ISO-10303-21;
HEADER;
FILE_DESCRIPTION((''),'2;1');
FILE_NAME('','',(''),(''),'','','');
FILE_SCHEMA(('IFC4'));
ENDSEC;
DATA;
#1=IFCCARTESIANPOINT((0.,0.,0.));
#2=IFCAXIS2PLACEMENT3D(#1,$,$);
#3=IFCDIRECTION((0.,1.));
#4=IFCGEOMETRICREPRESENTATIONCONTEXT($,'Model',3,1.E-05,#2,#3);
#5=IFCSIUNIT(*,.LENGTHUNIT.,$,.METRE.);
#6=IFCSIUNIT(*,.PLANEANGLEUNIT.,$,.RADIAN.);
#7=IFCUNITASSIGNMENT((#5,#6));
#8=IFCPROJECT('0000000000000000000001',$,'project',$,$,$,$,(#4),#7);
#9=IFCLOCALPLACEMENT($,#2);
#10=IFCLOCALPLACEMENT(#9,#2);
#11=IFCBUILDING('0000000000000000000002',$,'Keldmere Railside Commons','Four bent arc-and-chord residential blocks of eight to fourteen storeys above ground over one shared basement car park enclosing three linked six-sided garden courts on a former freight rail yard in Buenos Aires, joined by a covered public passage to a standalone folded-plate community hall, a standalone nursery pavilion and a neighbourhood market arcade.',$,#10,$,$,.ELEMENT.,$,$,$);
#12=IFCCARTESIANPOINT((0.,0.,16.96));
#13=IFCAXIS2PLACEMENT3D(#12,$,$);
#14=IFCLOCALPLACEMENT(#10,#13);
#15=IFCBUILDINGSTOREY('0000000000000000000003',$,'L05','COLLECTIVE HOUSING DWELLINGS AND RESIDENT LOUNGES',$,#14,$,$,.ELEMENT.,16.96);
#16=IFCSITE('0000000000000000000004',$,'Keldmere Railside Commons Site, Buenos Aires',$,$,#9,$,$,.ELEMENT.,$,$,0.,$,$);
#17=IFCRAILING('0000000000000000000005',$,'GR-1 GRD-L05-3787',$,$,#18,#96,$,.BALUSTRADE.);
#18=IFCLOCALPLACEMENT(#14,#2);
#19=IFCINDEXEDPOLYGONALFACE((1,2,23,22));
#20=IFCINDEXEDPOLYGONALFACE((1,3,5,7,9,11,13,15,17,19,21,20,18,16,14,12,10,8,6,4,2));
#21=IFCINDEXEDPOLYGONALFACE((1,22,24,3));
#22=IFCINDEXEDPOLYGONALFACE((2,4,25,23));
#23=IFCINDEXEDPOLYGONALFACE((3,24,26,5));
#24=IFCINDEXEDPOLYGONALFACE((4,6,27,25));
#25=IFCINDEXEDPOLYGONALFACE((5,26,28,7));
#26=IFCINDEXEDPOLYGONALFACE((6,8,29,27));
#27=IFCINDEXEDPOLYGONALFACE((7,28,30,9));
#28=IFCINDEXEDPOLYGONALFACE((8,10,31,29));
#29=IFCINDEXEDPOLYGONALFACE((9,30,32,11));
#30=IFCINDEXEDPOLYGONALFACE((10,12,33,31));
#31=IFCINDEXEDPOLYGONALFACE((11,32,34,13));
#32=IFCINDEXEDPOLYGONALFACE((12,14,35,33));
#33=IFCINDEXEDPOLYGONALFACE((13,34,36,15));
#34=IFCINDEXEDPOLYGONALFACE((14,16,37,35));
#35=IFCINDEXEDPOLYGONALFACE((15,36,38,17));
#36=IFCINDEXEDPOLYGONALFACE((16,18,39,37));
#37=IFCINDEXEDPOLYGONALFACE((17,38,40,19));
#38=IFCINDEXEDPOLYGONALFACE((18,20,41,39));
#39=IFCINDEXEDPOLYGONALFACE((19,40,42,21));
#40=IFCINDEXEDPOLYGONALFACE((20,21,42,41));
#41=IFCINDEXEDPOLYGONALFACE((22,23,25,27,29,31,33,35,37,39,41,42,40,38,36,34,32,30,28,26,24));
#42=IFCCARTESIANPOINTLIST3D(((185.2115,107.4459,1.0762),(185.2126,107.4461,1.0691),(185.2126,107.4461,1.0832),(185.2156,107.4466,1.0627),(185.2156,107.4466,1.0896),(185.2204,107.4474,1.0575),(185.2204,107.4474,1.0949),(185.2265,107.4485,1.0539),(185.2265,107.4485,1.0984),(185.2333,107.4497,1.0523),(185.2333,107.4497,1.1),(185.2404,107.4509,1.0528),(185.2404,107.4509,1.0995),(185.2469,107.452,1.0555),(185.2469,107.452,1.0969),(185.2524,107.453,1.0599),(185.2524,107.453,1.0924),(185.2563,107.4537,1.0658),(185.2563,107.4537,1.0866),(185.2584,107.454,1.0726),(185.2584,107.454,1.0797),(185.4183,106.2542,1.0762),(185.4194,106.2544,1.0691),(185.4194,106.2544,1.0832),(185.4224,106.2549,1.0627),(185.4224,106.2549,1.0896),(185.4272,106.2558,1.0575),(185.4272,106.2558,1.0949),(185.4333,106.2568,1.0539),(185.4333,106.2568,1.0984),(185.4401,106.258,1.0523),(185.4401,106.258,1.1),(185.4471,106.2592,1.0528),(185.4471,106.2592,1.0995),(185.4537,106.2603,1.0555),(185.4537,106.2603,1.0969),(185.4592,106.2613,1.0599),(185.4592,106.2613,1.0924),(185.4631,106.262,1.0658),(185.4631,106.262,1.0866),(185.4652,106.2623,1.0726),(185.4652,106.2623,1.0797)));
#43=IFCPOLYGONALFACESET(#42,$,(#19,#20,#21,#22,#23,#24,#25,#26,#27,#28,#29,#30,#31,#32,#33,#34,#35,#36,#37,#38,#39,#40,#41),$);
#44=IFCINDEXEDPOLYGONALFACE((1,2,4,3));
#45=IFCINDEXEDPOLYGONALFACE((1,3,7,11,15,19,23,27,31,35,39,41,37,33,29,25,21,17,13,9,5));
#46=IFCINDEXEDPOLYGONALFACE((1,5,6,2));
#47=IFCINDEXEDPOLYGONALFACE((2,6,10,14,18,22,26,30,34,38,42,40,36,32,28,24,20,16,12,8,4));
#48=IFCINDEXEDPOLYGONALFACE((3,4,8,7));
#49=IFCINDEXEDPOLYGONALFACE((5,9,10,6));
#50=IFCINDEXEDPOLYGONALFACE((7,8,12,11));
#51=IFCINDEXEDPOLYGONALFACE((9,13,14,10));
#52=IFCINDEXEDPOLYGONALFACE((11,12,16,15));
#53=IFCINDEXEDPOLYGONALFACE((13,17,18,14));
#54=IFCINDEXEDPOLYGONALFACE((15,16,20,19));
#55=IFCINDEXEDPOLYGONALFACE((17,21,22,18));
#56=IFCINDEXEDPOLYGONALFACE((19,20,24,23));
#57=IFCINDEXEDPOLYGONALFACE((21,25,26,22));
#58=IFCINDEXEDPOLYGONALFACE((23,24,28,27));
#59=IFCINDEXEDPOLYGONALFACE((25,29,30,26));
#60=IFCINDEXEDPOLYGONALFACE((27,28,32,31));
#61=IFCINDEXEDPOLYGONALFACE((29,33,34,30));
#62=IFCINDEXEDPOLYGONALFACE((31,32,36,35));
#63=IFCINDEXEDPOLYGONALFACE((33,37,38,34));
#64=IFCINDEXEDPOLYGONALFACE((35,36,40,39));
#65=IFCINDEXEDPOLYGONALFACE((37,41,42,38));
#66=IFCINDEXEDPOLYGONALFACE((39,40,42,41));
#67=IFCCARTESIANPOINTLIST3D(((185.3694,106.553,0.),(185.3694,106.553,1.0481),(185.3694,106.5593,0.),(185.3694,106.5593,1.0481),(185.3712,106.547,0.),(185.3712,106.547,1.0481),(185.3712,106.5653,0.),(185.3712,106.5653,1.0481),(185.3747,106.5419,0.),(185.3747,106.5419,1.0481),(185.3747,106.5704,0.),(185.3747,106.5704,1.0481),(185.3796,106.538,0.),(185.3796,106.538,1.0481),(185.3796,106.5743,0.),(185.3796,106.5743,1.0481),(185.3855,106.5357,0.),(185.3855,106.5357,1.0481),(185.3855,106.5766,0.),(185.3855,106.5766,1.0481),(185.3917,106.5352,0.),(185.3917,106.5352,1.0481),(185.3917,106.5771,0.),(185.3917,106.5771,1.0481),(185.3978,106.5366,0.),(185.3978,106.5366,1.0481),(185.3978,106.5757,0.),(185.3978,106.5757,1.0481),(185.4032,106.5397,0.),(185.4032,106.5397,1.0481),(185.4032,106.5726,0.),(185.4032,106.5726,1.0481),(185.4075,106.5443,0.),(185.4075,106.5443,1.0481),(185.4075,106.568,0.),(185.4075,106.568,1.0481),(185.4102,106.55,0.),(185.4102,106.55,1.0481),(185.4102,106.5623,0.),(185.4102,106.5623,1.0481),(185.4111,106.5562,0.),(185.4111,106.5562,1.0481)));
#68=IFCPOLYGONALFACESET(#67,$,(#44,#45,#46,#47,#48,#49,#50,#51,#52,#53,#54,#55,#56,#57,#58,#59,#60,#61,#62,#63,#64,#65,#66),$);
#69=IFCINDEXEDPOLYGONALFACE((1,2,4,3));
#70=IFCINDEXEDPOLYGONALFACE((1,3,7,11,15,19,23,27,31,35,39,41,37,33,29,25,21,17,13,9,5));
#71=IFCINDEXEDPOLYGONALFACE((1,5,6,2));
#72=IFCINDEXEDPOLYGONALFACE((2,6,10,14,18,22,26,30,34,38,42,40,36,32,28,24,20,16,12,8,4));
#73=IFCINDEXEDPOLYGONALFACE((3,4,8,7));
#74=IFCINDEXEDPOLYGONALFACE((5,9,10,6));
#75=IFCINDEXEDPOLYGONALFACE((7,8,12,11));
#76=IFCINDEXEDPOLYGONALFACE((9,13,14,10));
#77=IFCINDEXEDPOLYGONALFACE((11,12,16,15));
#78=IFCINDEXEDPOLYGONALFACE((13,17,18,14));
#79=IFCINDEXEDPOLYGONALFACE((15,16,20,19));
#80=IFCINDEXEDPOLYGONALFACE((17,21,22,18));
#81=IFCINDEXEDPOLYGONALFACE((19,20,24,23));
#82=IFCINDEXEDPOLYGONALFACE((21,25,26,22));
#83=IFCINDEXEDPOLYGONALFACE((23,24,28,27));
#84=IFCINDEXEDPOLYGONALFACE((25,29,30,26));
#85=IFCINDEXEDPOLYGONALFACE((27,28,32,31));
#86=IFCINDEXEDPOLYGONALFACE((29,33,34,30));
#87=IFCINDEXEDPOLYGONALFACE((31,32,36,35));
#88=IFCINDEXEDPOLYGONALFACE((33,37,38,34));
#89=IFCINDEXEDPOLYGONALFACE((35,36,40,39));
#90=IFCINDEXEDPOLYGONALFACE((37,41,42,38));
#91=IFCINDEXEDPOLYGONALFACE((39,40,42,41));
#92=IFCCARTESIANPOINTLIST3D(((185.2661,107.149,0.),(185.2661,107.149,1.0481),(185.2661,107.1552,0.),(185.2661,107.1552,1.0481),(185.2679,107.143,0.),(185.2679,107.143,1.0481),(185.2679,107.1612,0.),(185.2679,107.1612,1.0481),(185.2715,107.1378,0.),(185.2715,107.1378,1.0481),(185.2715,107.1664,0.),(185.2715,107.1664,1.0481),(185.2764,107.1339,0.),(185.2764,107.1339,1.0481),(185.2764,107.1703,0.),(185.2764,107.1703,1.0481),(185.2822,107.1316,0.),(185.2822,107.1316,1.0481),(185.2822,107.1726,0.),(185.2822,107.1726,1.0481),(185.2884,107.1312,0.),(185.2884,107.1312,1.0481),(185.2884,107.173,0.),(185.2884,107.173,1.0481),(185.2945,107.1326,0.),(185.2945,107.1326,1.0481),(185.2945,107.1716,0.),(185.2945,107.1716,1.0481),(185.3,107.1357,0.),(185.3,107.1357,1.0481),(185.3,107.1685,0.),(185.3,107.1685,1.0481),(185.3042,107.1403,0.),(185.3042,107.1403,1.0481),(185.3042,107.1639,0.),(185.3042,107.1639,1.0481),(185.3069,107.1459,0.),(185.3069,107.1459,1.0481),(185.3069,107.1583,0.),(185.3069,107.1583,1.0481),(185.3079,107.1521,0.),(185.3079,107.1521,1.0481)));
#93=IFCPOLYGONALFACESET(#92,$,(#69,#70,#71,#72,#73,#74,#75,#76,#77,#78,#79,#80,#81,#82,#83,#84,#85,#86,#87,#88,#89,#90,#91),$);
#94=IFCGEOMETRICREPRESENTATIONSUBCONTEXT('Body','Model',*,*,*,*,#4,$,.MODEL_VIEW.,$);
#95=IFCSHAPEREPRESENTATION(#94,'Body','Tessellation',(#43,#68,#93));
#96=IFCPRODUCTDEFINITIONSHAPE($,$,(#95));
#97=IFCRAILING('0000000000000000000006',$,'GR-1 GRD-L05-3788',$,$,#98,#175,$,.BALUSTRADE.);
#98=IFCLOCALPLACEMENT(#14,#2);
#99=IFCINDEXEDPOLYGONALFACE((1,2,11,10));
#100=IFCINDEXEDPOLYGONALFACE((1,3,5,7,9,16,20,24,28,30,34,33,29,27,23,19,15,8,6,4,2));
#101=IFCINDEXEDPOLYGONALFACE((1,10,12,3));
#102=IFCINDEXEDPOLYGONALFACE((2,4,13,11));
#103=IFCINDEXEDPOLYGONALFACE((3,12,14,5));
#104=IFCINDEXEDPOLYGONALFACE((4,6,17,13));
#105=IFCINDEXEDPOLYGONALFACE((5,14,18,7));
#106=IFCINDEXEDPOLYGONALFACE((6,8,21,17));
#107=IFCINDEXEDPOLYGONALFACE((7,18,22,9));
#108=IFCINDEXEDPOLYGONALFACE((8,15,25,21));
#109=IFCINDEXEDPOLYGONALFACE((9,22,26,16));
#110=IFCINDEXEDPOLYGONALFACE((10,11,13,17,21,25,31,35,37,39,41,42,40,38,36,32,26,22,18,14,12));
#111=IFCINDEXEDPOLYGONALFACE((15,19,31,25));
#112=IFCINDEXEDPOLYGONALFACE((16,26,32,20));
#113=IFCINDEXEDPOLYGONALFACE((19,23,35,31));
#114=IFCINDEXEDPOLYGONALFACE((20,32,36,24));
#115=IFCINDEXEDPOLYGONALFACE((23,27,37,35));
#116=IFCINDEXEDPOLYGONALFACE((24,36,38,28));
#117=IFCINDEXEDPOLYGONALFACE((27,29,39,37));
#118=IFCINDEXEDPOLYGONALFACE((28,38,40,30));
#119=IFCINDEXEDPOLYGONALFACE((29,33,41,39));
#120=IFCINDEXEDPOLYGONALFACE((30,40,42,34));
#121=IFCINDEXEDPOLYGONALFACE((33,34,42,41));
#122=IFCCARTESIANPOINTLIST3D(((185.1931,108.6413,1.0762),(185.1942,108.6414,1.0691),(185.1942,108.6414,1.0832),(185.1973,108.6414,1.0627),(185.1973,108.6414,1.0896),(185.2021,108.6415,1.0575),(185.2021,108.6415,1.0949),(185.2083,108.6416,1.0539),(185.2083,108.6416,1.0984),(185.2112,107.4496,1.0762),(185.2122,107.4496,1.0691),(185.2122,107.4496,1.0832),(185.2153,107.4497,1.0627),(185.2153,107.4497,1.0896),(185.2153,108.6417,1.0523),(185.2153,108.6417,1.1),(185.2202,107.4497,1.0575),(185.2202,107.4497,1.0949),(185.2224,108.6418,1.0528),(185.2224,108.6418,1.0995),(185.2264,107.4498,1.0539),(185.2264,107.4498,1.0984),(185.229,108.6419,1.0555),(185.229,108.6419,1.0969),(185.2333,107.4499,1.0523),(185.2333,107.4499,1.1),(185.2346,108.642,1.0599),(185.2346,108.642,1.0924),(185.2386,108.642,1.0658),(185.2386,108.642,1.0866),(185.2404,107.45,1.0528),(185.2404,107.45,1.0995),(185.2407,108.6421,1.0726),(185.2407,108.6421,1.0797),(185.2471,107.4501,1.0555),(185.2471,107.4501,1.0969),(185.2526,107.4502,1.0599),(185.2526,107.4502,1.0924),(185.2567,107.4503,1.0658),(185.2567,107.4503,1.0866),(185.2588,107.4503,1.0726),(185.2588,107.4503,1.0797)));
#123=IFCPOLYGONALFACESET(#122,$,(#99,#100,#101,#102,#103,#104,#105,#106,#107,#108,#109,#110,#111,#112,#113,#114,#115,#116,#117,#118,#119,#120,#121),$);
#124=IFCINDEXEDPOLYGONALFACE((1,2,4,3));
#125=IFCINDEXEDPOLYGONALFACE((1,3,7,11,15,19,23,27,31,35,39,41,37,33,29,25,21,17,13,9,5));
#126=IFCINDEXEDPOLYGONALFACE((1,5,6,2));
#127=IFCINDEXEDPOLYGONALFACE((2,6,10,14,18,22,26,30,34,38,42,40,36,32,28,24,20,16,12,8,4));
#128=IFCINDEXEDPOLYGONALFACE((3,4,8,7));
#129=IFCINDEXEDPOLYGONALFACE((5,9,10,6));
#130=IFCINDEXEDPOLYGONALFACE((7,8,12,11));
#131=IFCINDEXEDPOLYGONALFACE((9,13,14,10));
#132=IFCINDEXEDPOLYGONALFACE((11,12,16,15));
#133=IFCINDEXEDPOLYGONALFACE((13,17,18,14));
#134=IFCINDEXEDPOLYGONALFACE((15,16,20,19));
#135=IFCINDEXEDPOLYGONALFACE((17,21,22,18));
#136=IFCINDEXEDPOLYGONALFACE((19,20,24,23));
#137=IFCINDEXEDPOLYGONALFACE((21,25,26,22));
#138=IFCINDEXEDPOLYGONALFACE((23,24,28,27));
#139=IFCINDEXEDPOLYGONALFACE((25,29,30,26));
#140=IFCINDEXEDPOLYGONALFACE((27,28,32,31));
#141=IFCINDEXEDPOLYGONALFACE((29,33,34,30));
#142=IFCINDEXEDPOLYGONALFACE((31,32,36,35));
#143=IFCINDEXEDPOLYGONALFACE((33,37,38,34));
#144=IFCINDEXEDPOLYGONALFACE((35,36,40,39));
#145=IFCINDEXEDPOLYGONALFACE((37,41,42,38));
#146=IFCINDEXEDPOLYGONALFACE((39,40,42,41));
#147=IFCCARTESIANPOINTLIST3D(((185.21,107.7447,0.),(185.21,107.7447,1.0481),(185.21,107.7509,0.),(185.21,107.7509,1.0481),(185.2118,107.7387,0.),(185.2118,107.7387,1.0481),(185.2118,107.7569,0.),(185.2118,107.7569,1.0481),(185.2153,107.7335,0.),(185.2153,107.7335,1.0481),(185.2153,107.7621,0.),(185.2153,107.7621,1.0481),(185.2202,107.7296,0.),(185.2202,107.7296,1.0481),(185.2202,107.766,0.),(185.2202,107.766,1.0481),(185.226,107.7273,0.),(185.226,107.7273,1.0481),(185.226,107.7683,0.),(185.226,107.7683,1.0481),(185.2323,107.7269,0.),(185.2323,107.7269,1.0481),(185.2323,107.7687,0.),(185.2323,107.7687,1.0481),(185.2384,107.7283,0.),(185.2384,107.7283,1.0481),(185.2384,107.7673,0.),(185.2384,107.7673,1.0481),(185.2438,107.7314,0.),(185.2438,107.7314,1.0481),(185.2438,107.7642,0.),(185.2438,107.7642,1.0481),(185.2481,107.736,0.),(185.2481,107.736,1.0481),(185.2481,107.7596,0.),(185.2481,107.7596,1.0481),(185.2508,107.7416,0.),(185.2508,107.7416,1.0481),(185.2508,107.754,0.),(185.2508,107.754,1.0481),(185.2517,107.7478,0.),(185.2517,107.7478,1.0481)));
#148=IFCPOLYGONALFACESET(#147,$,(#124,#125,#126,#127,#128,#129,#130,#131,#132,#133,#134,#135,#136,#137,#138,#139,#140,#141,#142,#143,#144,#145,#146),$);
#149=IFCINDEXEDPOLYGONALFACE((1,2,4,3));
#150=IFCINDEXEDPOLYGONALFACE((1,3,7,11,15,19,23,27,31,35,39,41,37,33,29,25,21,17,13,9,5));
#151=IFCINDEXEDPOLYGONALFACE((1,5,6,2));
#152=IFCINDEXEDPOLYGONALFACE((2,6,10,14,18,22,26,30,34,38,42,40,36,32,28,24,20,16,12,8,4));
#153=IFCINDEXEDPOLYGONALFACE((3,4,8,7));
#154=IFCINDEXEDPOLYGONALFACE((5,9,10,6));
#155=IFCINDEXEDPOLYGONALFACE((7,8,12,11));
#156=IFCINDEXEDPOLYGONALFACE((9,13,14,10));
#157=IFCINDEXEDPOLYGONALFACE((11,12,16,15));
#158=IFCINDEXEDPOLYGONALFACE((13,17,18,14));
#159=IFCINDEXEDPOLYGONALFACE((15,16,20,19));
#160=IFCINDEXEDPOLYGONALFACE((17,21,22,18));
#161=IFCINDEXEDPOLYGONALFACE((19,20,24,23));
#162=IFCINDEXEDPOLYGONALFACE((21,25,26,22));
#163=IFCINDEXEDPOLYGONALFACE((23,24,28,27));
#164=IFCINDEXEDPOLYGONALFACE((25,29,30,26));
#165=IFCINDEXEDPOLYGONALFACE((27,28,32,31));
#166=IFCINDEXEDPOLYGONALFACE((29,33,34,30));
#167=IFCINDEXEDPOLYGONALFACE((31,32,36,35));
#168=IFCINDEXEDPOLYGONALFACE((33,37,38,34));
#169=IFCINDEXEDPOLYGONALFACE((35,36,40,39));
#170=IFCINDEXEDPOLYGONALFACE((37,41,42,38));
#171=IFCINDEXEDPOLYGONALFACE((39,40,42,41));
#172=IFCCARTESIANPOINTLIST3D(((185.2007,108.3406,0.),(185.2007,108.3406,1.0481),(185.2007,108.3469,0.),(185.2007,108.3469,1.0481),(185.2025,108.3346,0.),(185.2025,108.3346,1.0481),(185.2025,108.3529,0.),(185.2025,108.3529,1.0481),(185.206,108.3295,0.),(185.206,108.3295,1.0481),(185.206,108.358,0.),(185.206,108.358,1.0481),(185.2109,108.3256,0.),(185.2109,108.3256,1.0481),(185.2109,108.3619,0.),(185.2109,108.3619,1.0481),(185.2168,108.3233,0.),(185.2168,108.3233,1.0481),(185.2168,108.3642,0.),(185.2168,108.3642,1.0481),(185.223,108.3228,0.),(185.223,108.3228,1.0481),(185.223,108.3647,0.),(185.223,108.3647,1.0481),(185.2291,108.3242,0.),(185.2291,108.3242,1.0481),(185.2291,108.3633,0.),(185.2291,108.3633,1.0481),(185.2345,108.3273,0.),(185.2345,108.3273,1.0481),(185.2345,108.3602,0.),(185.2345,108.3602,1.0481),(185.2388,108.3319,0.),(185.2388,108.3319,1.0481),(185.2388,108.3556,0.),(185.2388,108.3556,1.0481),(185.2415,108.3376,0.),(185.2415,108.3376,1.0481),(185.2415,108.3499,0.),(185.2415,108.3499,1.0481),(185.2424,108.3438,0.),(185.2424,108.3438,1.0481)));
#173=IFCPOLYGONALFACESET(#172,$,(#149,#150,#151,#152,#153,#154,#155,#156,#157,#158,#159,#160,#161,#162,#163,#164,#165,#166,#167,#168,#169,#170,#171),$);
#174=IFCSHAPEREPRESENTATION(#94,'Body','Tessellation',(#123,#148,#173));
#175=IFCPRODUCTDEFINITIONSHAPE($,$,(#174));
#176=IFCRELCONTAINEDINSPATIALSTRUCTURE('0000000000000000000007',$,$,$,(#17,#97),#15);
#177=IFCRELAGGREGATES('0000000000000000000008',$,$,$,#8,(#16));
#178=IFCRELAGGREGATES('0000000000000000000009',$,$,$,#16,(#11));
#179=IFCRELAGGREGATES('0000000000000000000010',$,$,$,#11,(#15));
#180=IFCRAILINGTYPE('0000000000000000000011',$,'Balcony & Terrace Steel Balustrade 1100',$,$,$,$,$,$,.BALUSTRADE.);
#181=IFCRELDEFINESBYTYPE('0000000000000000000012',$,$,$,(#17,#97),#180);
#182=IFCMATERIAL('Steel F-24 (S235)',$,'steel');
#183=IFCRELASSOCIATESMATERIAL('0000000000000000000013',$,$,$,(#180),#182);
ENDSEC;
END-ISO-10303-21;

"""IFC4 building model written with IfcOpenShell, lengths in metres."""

from ifc_helpers import new_model, si_unit, direction, frame, origin, origin_2d, place, context, subcontext, project, spatial, circle, extrude, material, type_object, element, save


model = new_model("IFC4")

# Units and contexts
model_context = context("Model", 3, precision=1e-05, world=origin(), true_north=direction((0.0, 1.0)))
body_context = subcontext(model_context, "Body", "Model", "MODEL_VIEW")
ifc_project = project(units=[si_unit("LENGTHUNIT", "METRE"), si_unit("PLANEANGLEUNIT", "RADIAN")], contexts=[model_context])

# Site, building, storey
site_placement = place(None, origin())
site = spatial("IfcSite", under=ifc_project, at=site_placement, Name="Keldmere Railside Commons Site, Buenos Aires", CompositionType="ELEMENT", RefElevation=0.0)
building_placement = place(site_placement, origin())
building = spatial("IfcBuilding", under=site, at=building_placement, Name="Keldmere Railside Commons", Description="Four bent arc-and-chord residential blocks of eight to fourteen storeys above ground over one shared basement car park enclosing three linked six-sided garden courts on a former freight rail yard in Buenos Aires, joined by a covered public passage to a standalone folded-plate community hall, a standalone nursery pavilion and a neighbourhood market arcade.", CompositionType="ELEMENT")
storey_placement = place(building_placement, frame((0.0, 0.0, 16.96)))
storey = spatial("IfcBuildingStorey", under=building, at=storey_placement, Name="L05", Description="COLLECTIVE HOUSING DWELLINGS AND RESIDENT LOUNGES", CompositionType="ELEMENT", Elevation=16.96)

# Railings
ifc_material_1 = material(Name="Steel F-24 (S235)", Category="steel")
railing_type = type_object("IfcRailingType", Name="Balcony & Terrace Steel Balustrade 1100", PredefinedType="BALUSTRADE", material=ifc_material_1)
railing_1_placement = place(storey_placement, frame((185.4419, 106.2583, 0.0)))
element("IfcRailing", 1, at=railing_1_placement, inside=storey, type_object=railing_type, Name="GR-1 GRD-L05-3787", PredefinedType="BALUSTRADE", context=body_context, shape_type="SweptSolid", body=[
    extrude(circle(Radius=0.0239, at=origin_2d()), frame((0.0, 0.0, 1.0762), z_axis=(-0.170975, 0.985275, 0.0), x_axis=(-0.985275, -0.170975, 0.0)), (0.0, 0.0, 1.0), 1.2095),
    extrude(circle(Radius=0.021, at=origin_2d()), frame((-0.0518, 0.2979, 0.0)), (0.0, 0.0, 1.0), 1.0481),
    extrude(circle(Radius=0.021, at=origin_2d()), frame((-0.155, 0.8938, 0.0)), (0.0, 0.0, 1.0), 1.0481),
])
railing_2_placement = place(storey_placement, frame((185.2351, 107.45, 0.0)))
element("IfcRailing", 2, at=railing_2_placement, inside=storey, type_object=railing_type, Name="GR-1 GRD-L05-3788", PredefinedType="BALUSTRADE", context=body_context, shape_type="SweptSolid", body=[
    extrude(circle(Radius=0.0239, at=origin_2d()), frame((0.0, 0.0, 1.0762), z_axis=(-0.015159, 0.999885, 0.0), x_axis=(-0.999885, -0.015159, 0.0)), (0.0, 0.0, 1.0), 1.1919),
    extrude(circle(Radius=0.021, at=origin_2d()), frame((-0.0044, 0.2979, 0.0)), (0.0, 0.0, 1.0), 1.0481),
    extrude(circle(Radius=0.021, at=origin_2d()), frame((-0.0137, 0.8938, 0.0)), (0.0, 0.0, 1.0), 1.0481),
])

save(model, "model.ifc")
